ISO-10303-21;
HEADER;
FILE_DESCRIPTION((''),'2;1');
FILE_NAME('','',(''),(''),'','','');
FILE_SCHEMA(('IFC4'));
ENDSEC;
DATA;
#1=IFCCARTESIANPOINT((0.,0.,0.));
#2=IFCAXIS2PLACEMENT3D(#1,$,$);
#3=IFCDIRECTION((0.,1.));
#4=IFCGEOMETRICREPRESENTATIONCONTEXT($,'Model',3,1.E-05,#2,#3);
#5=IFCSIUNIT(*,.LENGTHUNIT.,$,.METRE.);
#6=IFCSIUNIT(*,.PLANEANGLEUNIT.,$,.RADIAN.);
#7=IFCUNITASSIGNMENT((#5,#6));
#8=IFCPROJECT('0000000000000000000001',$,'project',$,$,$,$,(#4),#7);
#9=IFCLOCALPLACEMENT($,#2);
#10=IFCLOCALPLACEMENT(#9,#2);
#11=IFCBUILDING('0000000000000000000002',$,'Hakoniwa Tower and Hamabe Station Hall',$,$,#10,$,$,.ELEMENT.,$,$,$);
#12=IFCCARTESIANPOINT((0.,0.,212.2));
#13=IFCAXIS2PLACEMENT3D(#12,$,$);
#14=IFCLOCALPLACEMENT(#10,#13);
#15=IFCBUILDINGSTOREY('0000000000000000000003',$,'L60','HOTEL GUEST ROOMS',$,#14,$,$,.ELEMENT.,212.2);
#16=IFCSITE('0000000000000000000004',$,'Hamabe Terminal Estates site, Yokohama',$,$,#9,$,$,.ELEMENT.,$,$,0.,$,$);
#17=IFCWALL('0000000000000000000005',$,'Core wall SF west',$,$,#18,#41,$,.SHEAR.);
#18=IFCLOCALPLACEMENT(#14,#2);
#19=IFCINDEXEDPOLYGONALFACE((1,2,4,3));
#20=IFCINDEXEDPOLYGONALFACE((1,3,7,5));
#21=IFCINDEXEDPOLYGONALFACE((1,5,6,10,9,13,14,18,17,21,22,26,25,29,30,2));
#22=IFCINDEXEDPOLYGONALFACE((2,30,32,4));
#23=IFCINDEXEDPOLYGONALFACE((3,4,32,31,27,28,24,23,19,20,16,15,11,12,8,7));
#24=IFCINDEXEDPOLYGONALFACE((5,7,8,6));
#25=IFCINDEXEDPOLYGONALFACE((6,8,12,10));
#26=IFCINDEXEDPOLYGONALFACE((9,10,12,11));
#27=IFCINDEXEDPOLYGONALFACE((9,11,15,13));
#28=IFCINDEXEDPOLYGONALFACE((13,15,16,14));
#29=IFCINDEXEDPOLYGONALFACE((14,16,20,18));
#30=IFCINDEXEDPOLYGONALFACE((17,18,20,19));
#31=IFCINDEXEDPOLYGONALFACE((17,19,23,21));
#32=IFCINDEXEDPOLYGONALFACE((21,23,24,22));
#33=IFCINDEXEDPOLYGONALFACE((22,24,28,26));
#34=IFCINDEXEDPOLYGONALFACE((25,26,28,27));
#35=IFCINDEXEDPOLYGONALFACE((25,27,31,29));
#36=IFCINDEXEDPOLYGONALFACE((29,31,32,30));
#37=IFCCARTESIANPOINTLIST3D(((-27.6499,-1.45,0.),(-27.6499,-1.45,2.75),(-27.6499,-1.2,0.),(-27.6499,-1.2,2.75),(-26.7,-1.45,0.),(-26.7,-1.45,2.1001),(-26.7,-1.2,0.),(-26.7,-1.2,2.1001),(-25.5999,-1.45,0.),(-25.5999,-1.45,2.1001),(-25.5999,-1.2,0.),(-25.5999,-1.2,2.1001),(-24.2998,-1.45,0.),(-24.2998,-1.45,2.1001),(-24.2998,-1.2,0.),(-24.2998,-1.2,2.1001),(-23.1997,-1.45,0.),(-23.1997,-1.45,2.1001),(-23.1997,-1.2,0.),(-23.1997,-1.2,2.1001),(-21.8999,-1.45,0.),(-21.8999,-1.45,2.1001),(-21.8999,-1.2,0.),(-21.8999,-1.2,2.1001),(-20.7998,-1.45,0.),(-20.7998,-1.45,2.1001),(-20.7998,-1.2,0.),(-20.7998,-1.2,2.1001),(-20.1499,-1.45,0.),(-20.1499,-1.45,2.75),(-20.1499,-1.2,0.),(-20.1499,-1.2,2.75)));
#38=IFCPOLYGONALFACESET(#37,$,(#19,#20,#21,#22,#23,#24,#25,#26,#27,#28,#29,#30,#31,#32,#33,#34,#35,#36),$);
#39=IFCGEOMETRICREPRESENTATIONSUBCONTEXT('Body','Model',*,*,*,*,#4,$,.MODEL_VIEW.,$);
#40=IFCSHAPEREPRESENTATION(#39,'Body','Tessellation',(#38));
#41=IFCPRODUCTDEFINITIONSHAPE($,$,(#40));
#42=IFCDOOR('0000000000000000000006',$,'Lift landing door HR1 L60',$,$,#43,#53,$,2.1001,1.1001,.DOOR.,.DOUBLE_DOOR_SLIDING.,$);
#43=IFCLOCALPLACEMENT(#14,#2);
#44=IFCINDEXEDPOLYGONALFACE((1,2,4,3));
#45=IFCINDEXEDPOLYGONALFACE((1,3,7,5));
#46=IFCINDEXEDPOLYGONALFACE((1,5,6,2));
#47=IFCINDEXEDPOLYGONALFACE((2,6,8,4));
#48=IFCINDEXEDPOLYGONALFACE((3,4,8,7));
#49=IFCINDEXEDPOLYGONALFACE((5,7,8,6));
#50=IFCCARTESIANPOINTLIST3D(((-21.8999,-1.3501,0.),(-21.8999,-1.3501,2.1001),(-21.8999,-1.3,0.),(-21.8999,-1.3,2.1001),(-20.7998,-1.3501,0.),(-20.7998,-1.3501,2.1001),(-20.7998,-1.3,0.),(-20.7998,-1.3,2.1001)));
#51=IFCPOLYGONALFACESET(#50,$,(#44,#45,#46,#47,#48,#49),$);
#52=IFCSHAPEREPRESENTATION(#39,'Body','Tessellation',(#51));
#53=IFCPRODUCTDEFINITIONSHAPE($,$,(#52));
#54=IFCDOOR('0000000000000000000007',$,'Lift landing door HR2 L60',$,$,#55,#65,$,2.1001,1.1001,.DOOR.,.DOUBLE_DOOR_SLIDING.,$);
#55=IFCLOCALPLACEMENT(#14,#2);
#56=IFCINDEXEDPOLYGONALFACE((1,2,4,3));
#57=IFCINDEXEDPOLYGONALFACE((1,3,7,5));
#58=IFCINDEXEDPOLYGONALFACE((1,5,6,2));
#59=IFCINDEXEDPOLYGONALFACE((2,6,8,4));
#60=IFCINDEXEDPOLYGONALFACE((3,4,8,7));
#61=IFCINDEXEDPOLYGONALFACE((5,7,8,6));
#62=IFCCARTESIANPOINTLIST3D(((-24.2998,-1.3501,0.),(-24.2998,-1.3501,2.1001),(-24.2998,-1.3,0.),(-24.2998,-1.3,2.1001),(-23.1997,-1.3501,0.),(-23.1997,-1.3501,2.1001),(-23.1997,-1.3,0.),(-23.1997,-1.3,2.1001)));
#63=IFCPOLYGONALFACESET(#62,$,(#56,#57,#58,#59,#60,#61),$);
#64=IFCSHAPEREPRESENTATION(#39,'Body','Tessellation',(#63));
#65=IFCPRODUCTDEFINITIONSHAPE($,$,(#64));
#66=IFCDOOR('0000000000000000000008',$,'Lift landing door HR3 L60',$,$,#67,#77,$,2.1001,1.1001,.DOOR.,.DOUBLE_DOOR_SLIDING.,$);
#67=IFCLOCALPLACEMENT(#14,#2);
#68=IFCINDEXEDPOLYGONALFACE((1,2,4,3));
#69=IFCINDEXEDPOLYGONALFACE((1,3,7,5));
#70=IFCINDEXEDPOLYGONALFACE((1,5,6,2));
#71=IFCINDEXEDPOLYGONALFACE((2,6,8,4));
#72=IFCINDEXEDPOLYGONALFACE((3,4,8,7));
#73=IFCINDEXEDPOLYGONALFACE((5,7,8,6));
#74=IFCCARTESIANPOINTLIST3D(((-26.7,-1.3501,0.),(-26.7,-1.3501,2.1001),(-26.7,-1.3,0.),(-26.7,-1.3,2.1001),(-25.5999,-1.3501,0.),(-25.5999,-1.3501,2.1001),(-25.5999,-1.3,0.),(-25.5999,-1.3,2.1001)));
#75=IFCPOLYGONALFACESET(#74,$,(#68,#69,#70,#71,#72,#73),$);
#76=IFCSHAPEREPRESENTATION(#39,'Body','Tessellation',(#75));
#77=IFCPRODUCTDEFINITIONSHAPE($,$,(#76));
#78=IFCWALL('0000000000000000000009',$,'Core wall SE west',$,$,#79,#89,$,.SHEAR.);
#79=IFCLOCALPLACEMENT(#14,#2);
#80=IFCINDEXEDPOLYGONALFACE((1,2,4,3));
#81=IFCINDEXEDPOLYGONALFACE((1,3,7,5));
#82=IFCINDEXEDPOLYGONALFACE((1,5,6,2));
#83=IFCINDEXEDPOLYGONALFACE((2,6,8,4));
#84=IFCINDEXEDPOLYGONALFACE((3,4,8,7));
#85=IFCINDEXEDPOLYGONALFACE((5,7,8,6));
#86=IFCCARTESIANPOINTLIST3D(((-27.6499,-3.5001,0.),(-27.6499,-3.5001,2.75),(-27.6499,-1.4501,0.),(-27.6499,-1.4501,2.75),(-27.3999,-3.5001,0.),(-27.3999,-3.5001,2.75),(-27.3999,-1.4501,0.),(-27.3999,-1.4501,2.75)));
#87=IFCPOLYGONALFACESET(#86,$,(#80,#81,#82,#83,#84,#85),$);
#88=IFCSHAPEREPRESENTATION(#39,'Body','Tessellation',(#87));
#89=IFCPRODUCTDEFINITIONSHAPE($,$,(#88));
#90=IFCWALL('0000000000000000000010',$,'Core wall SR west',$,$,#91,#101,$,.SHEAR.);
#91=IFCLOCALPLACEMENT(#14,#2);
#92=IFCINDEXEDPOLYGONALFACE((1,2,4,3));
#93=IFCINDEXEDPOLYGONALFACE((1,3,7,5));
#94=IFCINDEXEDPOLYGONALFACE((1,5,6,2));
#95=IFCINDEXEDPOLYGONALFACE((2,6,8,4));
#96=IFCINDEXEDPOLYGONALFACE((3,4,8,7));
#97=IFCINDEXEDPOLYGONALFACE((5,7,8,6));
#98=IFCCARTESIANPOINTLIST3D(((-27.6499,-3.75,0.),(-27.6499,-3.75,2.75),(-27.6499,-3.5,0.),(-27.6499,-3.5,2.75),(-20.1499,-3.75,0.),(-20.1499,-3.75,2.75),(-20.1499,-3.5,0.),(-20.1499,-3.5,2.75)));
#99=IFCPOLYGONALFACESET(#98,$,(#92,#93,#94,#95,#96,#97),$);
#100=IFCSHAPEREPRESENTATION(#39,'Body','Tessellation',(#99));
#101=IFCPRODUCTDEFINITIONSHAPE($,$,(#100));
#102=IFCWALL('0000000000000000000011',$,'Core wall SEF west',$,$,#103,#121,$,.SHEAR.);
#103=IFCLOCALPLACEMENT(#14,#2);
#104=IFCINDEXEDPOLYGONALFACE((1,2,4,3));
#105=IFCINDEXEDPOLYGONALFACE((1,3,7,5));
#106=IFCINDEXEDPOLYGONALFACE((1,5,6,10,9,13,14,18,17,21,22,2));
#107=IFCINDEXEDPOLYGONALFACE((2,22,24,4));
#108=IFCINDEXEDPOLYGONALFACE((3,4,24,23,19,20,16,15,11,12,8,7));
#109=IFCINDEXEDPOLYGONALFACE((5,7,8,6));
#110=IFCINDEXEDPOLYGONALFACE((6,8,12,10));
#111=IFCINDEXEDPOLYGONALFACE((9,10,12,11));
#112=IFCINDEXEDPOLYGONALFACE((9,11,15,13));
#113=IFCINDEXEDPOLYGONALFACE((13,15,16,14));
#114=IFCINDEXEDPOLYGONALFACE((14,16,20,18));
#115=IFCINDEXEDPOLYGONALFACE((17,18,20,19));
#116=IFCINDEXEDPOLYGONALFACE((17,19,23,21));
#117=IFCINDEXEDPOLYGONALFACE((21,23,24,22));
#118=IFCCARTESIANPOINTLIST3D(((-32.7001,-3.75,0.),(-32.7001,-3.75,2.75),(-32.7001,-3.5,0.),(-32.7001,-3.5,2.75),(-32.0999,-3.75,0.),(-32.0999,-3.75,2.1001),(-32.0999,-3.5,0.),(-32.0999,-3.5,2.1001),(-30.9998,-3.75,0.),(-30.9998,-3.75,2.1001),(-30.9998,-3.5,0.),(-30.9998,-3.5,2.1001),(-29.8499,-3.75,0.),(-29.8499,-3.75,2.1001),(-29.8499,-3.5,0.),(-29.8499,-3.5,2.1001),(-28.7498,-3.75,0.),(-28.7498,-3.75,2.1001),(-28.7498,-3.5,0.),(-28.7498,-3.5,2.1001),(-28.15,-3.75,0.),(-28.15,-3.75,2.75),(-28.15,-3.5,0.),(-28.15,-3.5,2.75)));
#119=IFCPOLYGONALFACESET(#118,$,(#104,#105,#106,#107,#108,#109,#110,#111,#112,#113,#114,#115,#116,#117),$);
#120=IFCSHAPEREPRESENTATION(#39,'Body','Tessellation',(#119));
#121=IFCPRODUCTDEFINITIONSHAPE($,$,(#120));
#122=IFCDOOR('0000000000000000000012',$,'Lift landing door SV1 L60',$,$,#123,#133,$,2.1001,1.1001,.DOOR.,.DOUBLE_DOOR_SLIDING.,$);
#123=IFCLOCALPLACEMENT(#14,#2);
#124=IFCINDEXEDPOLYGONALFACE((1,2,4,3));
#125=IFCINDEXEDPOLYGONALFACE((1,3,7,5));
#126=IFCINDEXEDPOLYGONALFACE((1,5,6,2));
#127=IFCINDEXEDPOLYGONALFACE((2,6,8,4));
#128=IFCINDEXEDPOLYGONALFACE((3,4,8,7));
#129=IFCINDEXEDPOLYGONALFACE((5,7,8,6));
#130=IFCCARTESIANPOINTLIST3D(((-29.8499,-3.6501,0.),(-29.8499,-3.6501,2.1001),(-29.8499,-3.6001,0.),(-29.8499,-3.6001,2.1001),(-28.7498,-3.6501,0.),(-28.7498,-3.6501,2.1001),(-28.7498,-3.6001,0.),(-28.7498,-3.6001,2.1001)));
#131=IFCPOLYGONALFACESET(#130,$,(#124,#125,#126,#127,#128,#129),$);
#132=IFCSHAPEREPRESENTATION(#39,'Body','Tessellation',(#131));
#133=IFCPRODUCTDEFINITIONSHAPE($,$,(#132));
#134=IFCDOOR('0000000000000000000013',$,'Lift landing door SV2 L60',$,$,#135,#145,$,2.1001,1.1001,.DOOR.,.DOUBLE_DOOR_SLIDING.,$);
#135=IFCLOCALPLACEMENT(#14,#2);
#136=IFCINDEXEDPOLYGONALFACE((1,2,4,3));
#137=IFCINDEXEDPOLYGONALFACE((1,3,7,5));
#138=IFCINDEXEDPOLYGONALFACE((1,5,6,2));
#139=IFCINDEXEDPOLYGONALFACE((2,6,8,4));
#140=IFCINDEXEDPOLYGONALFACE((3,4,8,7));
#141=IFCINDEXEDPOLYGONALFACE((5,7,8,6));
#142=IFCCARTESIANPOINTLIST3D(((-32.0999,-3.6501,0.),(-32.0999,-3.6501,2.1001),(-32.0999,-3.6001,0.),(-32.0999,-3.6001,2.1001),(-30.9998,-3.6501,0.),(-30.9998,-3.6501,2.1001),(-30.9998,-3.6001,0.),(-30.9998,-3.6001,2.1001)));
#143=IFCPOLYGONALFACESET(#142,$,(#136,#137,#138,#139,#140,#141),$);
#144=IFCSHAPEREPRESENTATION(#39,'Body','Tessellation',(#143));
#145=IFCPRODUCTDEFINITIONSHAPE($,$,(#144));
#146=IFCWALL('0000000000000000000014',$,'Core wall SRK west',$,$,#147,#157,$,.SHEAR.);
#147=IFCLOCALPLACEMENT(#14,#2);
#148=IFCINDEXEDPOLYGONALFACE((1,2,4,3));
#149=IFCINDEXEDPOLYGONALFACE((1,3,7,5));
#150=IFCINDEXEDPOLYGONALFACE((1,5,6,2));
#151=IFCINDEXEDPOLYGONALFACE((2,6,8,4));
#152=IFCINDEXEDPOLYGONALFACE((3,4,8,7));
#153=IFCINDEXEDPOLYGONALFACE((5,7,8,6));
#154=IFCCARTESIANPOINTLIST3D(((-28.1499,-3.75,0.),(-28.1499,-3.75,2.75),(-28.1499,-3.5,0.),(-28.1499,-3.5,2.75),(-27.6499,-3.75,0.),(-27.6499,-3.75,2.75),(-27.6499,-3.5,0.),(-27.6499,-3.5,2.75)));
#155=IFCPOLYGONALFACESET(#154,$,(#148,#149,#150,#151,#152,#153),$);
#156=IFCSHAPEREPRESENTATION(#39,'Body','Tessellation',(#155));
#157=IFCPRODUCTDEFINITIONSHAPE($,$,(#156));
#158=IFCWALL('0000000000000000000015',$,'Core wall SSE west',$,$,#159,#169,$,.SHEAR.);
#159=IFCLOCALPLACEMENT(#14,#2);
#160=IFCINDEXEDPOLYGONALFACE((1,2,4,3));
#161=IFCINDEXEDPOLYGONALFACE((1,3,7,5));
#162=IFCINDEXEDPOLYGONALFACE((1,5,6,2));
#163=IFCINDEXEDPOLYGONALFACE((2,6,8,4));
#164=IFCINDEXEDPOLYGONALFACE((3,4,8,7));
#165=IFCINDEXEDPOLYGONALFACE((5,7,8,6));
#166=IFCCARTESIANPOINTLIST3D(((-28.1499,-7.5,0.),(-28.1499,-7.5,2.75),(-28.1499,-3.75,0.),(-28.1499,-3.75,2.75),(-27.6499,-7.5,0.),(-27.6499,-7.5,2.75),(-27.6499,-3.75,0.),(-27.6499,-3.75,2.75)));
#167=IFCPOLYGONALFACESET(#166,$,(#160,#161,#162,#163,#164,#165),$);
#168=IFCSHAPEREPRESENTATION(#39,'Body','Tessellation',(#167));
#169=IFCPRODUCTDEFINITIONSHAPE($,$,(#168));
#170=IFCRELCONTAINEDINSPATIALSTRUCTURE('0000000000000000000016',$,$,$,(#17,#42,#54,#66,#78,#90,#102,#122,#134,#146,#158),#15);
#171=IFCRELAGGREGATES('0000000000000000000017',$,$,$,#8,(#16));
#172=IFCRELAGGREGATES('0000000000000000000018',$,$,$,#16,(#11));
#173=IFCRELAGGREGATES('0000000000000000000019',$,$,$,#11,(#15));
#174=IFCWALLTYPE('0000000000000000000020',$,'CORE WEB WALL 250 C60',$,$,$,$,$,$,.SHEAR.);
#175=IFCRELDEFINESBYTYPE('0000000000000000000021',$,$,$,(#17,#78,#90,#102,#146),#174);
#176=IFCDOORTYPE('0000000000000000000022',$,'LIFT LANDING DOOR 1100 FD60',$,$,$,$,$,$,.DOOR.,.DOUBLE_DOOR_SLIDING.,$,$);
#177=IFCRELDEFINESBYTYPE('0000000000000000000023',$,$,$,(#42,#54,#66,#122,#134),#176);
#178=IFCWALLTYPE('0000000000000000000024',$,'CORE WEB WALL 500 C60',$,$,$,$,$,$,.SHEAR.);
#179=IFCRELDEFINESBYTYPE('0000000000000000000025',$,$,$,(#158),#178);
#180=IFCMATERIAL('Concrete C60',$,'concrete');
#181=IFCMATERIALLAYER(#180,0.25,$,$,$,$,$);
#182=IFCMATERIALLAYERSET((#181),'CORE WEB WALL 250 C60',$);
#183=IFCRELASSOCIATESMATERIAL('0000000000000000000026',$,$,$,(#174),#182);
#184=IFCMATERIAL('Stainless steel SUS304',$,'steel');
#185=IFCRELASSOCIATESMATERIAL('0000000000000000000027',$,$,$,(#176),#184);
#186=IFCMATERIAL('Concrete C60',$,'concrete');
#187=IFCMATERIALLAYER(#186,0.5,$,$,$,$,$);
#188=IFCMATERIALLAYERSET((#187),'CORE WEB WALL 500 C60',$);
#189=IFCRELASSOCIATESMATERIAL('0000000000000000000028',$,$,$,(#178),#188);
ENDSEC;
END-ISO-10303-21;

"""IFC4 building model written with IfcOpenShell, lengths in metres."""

from ifc_helpers import new_model, si_unit, direction, frame, frame_2d, origin, place, context, subcontext, project, spatial, rectangle, extrude, material, layer, layer_set, type_object, element, fill, save


model = new_model("IFC4")

# Units and contexts
model_context = context("Model", 3, precision=1e-05, world=origin(), true_north=direction((0.0, 1.0)))
body_context = subcontext(model_context, "Body", "Model", "MODEL_VIEW")
ifc_project = project(units=[si_unit("LENGTHUNIT", "METRE"), si_unit("PLANEANGLEUNIT", "RADIAN")], contexts=[model_context])

# Site, building, storey
site_placement = place(None, origin())
site = spatial("IfcSite", under=ifc_project, at=site_placement, Name="Hamabe Terminal Estates site, Yokohama", CompositionType="ELEMENT", RefElevation=0.0)
building_placement = place(site_placement, origin())
building = spatial("IfcBuilding", under=site, at=building_placement, Name="Hakoniwa Tower and Hamabe Station Hall", CompositionType="ELEMENT")
storey_placement = place(building_placement, frame((0.0, 0.0, 212.2)))
storey = spatial("IfcBuildingStorey", under=building, at=storey_placement, Name="L60", Description="HOTEL GUEST ROOMS", CompositionType="ELEMENT", Elevation=212.2)

# Wall, openings, doors
ifc_material_1 = material(Name="Concrete C60", Category="concrete")
ifc_layer_1 = layer(ifc_material_1, 0.25)
ifc_layer_set_1 = layer_set([ifc_layer_1], Name="CORE WEB WALL 250 C60")
wall_type_1 = type_object("IfcWallType", Name="CORE WEB WALL 250 C60", PredefinedType="SHEAR", material=ifc_layer_set_1)
wall_1_placement = place(storey_placement, frame((-27.6499, -1.325, 0.0), z_axis=(0.0, 0.0, 1.0), x_axis=(1.0, 0.0, 0.0)))
wall_1 = element("IfcWall", 1, at=wall_1_placement, inside=storey, type_object=wall_type_1, Name="Core wall SF west", PredefinedType="SHEAR", context=body_context, shape_type="SweptSolid", body=[
    extrude(rectangle(XDim=7.5, YDim=0.25, at=frame_2d((3.75, 0.0))), origin(), (0.0, 0.0, 1.0), 2.75),
])
opening_1_placement = place(wall_1_placement, frame((5.75, 0.0, 0.0)))
opening_1 = element("IfcOpeningElement", 2, at=opening_1_placement, cuts=wall_1, PredefinedType="OPENING", context=body_context, shape_type="SweptSolid", body=[
    extrude(rectangle(XDim=1.1001, YDim=2.1001, at=frame_2d((0.55, 1.05))), frame((0.0, 0.135, 0.0), z_axis=(0.0, -1.0, 0.0), x_axis=(1.0, 0.0, 0.0)), (0.0, 0.0, 1.0), 0.27),
])
opening_2_placement = place(wall_1_placement, frame((3.3501, 0.0, 0.0)))
opening_2 = element("IfcOpeningElement", 3, at=opening_2_placement, cuts=wall_1, PredefinedType="OPENING", context=body_context, shape_type="SweptSolid", body=[
    extrude(rectangle(XDim=1.1001, YDim=2.1001, at=frame_2d((0.55, 1.05))), frame((0.0, 0.135, 0.0), z_axis=(0.0, -1.0, 0.0), x_axis=(1.0, 0.0, 0.0)), (0.0, 0.0, 1.0), 0.27),
])
opening_3_placement = place(wall_1_placement, frame((0.95, 0.0, 0.0)))
opening_3 = element("IfcOpeningElement", 4, at=opening_3_placement, cuts=wall_1, PredefinedType="OPENING", context=body_context, shape_type="SweptSolid", body=[
    extrude(rectangle(XDim=1.1001, YDim=2.1001, at=frame_2d((0.55, 1.05))), frame((0.0, 0.135, 0.0), z_axis=(0.0, -1.0, 0.0), x_axis=(1.0, 0.0, 0.0)), (0.0, 0.0, 1.0), 0.27),
])
ifc_material_2 = material(Name="Stainless steel SUS304", Category="steel")
door_type_1 = type_object("IfcDoorType", Name="LIFT LANDING DOOR 1100 FD60", OperationType="DOUBLE_DOOR_SLIDING", PredefinedType="DOOR", material=ifc_material_2)
door_1_placement = place(opening_1_placement, origin())
door_1 = element("IfcDoor", 5, at=door_1_placement, inside=storey, type_object=door_type_1, Name="Lift landing door HR1 L60", OperationType="DOUBLE_DOOR_SLIDING", OverallHeight=2.1001, OverallWidth=1.1001, PredefinedType="DOOR", context=body_context, shape_type="SweptSolid", body=[
    extrude(rectangle(XDim=1.1001, YDim=2.1001, at=frame_2d((0.55, 1.05))), frame((0.0, 0.0249, 0.0), z_axis=(0.0, -1.0, 0.0), x_axis=(1.0, 0.0, 0.0)), (0.0, 0.0, 1.0), 0.05),
])
fill(opening_1, door_1)
door_2_placement = place(opening_2_placement, origin())
door_2 = element("IfcDoor", 6, at=door_2_placement, inside=storey, type_object=door_type_1, Name="Lift landing door HR2 L60", OperationType="DOUBLE_DOOR_SLIDING", OverallHeight=2.1001, OverallWidth=1.1001, PredefinedType="DOOR", context=body_context, shape_type="SweptSolid", body=[
    extrude(rectangle(XDim=1.1001, YDim=2.1001, at=frame_2d((0.55, 1.05))), frame((0.0, 0.0249, 0.0), z_axis=(0.0, -1.0, 0.0), x_axis=(1.0, 0.0, 0.0)), (0.0, 0.0, 1.0), 0.05),
])
fill(opening_2, door_2)
door_3_placement = place(opening_3_placement, origin())
door_3 = element("IfcDoor", 7, at=door_3_placement, inside=storey, type_object=door_type_1, Name="Lift landing door HR3 L60", OperationType="DOUBLE_DOOR_SLIDING", OverallHeight=2.1001, OverallWidth=1.1001, PredefinedType="DOOR", context=body_context, shape_type="SweptSolid", body=[
    extrude(rectangle(XDim=1.1001, YDim=2.1001, at=frame_2d((0.55, 1.05))), frame((0.0, 0.0249, 0.0), z_axis=(0.0, -1.0, 0.0), x_axis=(1.0, 0.0, 0.0)), (0.0, 0.0, 1.0), 0.05),
])
fill(opening_3, door_3)

# Walls
wall_2_placement = place(storey_placement, frame((-27.5249, -3.5, 0.0), z_axis=(0.0, 0.0, 1.0), x_axis=(0.0, 1.0, 0.0)))
element("IfcWall", 8, at=wall_2_placement, inside=storey, type_object=wall_type_1, Name="Core wall SE west", PredefinedType="SHEAR", context=body_context, shape_type="SweptSolid", body=[
    extrude(rectangle(XDim=2.05, YDim=0.25, at=frame_2d((1.0249, 0.0))), origin(), (0.0, 0.0, 1.0), 2.75),
])
wall_3_placement = place(storey_placement, frame((-27.6499, -3.625, 0.0), z_axis=(0.0, 0.0, 1.0), x_axis=(1.0, 0.0, 0.0)))
element("IfcWall", 9, at=wall_3_placement, inside=storey, type_object=wall_type_1, Name="Core wall SR west", PredefinedType="SHEAR", context=body_context, shape_type="SweptSolid", body=[
    extrude(rectangle(XDim=7.5, YDim=0.25, at=frame_2d((3.75, 0.0))), origin(), (0.0, 0.0, 1.0), 2.75),
])

# Wall, openings, doors
wall_4_placement = place(storey_placement, frame((-32.7, -3.625, 0.0), z_axis=(0.0, 0.0, 1.0), x_axis=(1.0, 0.0, 0.0)))
wall_4 = element("IfcWall", 10, at=wall_4_placement, inside=storey, type_object=wall_type_1, Name="Core wall SEF west", PredefinedType="SHEAR", context=body_context, shape_type="SweptSolid", body=[
    extrude(rectangle(XDim=4.55, YDim=0.25, at=frame_2d((2.2749, 0.0))), origin(), (0.0, 0.0, 1.0), 2.75),
])
opening_4_placement = place(wall_4_placement, frame((2.8501, 0.0, 0.0)))
opening_4 = element("IfcOpeningElement", 11, at=opening_4_placement, cuts=wall_4, PredefinedType="OPENING", context=body_context, shape_type="SweptSolid", body=[
    extrude(rectangle(XDim=1.1001, YDim=2.1001, at=frame_2d((0.55, 1.05))), frame((0.0, 0.135, 0.0), z_axis=(0.0, -1.0, 0.0), x_axis=(1.0, 0.0, 0.0)), (0.0, 0.0, 1.0), 0.27),
])
opening_5_placement = place(wall_4_placement, frame((0.6001, 0.0, 0.0)))
opening_5 = element("IfcOpeningElement", 12, at=opening_5_placement, cuts=wall_4, PredefinedType="OPENING", context=body_context, shape_type="SweptSolid", body=[
    extrude(rectangle(XDim=1.1001, YDim=2.1001, at=frame_2d((0.55, 1.05))), frame((0.0, 0.135, 0.0), z_axis=(0.0, -1.0, 0.0), x_axis=(1.0, 0.0, 0.0)), (0.0, 0.0, 1.0), 0.27),
])
door_4_placement = place(opening_4_placement, origin())
door_4 = element("IfcDoor", 13, at=door_4_placement, inside=storey, type_object=door_type_1, Name="Lift landing door SV1 L60", OperationType="DOUBLE_DOOR_SLIDING", OverallHeight=2.1001, OverallWidth=1.1001, PredefinedType="DOOR", context=body_context, shape_type="SweptSolid", body=[
    extrude(rectangle(XDim=1.1001, YDim=2.1001, at=frame_2d((0.55, 1.05))), frame((0.0, 0.0249, 0.0), z_axis=(0.0, -1.0, 0.0), x_axis=(1.0, 0.0, 0.0)), (0.0, 0.0, 1.0), 0.05),
])
fill(opening_4, door_4)
door_5_placement = place(opening_5_placement, origin())
door_5 = element("IfcDoor", 14, at=door_5_placement, inside=storey, type_object=door_type_1, Name="Lift landing door SV2 L60", OperationType="DOUBLE_DOOR_SLIDING", OverallHeight=2.1001, OverallWidth=1.1001, PredefinedType="DOOR", context=body_context, shape_type="SweptSolid", body=[
    extrude(rectangle(XDim=1.1001, YDim=2.1001, at=frame_2d((0.55, 1.05))), frame((0.0, 0.0249, 0.0), z_axis=(0.0, -1.0, 0.0), x_axis=(1.0, 0.0, 0.0)), (0.0, 0.0, 1.0), 0.05),
])
fill(opening_5, door_5)

# Walls
wall_5_placement = place(storey_placement, frame((-28.1499, -3.625, 0.0), z_axis=(0.0, 0.0, 1.0), x_axis=(1.0, 0.0, 0.0)))
element("IfcWall", 15, at=wall_5_placement, inside=storey, type_object=wall_type_1, Name="Core wall SRK west", PredefinedType="SHEAR", context=body_context, shape_type="SweptSolid", body=[
    extrude(rectangle(XDim=0.5, YDim=0.25, at=frame_2d((0.25, 0.0))), origin(), (0.0, 0.0, 1.0), 2.75),
])
ifc_material_3 = material(Name="Concrete C60", Category="concrete")
ifc_layer_2 = layer(ifc_material_3, 0.5)
ifc_layer_set_2 = layer_set([ifc_layer_2], Name="CORE WEB WALL 500 C60")
wall_type_2 = type_object("IfcWallType", Name="CORE WEB WALL 500 C60", PredefinedType="SHEAR", material=ifc_layer_set_2)
wall_6_placement = place(storey_placement, frame((-27.8999, -7.5, 0.0), z_axis=(0.0, 0.0, 1.0), x_axis=(0.0, 1.0, 0.0)))
element("IfcWall", 16, at=wall_6_placement, inside=storey, type_object=wall_type_2, Name="Core wall SSE west", PredefinedType="SHEAR", context=body_context, shape_type="SweptSolid", body=[
    extrude(rectangle(XDim=3.75, YDim=0.5, at=frame_2d((1.875, 0.0))), origin(), (0.0, 0.0, 1.0), 2.75),
])

save(model, "model.ifc")
